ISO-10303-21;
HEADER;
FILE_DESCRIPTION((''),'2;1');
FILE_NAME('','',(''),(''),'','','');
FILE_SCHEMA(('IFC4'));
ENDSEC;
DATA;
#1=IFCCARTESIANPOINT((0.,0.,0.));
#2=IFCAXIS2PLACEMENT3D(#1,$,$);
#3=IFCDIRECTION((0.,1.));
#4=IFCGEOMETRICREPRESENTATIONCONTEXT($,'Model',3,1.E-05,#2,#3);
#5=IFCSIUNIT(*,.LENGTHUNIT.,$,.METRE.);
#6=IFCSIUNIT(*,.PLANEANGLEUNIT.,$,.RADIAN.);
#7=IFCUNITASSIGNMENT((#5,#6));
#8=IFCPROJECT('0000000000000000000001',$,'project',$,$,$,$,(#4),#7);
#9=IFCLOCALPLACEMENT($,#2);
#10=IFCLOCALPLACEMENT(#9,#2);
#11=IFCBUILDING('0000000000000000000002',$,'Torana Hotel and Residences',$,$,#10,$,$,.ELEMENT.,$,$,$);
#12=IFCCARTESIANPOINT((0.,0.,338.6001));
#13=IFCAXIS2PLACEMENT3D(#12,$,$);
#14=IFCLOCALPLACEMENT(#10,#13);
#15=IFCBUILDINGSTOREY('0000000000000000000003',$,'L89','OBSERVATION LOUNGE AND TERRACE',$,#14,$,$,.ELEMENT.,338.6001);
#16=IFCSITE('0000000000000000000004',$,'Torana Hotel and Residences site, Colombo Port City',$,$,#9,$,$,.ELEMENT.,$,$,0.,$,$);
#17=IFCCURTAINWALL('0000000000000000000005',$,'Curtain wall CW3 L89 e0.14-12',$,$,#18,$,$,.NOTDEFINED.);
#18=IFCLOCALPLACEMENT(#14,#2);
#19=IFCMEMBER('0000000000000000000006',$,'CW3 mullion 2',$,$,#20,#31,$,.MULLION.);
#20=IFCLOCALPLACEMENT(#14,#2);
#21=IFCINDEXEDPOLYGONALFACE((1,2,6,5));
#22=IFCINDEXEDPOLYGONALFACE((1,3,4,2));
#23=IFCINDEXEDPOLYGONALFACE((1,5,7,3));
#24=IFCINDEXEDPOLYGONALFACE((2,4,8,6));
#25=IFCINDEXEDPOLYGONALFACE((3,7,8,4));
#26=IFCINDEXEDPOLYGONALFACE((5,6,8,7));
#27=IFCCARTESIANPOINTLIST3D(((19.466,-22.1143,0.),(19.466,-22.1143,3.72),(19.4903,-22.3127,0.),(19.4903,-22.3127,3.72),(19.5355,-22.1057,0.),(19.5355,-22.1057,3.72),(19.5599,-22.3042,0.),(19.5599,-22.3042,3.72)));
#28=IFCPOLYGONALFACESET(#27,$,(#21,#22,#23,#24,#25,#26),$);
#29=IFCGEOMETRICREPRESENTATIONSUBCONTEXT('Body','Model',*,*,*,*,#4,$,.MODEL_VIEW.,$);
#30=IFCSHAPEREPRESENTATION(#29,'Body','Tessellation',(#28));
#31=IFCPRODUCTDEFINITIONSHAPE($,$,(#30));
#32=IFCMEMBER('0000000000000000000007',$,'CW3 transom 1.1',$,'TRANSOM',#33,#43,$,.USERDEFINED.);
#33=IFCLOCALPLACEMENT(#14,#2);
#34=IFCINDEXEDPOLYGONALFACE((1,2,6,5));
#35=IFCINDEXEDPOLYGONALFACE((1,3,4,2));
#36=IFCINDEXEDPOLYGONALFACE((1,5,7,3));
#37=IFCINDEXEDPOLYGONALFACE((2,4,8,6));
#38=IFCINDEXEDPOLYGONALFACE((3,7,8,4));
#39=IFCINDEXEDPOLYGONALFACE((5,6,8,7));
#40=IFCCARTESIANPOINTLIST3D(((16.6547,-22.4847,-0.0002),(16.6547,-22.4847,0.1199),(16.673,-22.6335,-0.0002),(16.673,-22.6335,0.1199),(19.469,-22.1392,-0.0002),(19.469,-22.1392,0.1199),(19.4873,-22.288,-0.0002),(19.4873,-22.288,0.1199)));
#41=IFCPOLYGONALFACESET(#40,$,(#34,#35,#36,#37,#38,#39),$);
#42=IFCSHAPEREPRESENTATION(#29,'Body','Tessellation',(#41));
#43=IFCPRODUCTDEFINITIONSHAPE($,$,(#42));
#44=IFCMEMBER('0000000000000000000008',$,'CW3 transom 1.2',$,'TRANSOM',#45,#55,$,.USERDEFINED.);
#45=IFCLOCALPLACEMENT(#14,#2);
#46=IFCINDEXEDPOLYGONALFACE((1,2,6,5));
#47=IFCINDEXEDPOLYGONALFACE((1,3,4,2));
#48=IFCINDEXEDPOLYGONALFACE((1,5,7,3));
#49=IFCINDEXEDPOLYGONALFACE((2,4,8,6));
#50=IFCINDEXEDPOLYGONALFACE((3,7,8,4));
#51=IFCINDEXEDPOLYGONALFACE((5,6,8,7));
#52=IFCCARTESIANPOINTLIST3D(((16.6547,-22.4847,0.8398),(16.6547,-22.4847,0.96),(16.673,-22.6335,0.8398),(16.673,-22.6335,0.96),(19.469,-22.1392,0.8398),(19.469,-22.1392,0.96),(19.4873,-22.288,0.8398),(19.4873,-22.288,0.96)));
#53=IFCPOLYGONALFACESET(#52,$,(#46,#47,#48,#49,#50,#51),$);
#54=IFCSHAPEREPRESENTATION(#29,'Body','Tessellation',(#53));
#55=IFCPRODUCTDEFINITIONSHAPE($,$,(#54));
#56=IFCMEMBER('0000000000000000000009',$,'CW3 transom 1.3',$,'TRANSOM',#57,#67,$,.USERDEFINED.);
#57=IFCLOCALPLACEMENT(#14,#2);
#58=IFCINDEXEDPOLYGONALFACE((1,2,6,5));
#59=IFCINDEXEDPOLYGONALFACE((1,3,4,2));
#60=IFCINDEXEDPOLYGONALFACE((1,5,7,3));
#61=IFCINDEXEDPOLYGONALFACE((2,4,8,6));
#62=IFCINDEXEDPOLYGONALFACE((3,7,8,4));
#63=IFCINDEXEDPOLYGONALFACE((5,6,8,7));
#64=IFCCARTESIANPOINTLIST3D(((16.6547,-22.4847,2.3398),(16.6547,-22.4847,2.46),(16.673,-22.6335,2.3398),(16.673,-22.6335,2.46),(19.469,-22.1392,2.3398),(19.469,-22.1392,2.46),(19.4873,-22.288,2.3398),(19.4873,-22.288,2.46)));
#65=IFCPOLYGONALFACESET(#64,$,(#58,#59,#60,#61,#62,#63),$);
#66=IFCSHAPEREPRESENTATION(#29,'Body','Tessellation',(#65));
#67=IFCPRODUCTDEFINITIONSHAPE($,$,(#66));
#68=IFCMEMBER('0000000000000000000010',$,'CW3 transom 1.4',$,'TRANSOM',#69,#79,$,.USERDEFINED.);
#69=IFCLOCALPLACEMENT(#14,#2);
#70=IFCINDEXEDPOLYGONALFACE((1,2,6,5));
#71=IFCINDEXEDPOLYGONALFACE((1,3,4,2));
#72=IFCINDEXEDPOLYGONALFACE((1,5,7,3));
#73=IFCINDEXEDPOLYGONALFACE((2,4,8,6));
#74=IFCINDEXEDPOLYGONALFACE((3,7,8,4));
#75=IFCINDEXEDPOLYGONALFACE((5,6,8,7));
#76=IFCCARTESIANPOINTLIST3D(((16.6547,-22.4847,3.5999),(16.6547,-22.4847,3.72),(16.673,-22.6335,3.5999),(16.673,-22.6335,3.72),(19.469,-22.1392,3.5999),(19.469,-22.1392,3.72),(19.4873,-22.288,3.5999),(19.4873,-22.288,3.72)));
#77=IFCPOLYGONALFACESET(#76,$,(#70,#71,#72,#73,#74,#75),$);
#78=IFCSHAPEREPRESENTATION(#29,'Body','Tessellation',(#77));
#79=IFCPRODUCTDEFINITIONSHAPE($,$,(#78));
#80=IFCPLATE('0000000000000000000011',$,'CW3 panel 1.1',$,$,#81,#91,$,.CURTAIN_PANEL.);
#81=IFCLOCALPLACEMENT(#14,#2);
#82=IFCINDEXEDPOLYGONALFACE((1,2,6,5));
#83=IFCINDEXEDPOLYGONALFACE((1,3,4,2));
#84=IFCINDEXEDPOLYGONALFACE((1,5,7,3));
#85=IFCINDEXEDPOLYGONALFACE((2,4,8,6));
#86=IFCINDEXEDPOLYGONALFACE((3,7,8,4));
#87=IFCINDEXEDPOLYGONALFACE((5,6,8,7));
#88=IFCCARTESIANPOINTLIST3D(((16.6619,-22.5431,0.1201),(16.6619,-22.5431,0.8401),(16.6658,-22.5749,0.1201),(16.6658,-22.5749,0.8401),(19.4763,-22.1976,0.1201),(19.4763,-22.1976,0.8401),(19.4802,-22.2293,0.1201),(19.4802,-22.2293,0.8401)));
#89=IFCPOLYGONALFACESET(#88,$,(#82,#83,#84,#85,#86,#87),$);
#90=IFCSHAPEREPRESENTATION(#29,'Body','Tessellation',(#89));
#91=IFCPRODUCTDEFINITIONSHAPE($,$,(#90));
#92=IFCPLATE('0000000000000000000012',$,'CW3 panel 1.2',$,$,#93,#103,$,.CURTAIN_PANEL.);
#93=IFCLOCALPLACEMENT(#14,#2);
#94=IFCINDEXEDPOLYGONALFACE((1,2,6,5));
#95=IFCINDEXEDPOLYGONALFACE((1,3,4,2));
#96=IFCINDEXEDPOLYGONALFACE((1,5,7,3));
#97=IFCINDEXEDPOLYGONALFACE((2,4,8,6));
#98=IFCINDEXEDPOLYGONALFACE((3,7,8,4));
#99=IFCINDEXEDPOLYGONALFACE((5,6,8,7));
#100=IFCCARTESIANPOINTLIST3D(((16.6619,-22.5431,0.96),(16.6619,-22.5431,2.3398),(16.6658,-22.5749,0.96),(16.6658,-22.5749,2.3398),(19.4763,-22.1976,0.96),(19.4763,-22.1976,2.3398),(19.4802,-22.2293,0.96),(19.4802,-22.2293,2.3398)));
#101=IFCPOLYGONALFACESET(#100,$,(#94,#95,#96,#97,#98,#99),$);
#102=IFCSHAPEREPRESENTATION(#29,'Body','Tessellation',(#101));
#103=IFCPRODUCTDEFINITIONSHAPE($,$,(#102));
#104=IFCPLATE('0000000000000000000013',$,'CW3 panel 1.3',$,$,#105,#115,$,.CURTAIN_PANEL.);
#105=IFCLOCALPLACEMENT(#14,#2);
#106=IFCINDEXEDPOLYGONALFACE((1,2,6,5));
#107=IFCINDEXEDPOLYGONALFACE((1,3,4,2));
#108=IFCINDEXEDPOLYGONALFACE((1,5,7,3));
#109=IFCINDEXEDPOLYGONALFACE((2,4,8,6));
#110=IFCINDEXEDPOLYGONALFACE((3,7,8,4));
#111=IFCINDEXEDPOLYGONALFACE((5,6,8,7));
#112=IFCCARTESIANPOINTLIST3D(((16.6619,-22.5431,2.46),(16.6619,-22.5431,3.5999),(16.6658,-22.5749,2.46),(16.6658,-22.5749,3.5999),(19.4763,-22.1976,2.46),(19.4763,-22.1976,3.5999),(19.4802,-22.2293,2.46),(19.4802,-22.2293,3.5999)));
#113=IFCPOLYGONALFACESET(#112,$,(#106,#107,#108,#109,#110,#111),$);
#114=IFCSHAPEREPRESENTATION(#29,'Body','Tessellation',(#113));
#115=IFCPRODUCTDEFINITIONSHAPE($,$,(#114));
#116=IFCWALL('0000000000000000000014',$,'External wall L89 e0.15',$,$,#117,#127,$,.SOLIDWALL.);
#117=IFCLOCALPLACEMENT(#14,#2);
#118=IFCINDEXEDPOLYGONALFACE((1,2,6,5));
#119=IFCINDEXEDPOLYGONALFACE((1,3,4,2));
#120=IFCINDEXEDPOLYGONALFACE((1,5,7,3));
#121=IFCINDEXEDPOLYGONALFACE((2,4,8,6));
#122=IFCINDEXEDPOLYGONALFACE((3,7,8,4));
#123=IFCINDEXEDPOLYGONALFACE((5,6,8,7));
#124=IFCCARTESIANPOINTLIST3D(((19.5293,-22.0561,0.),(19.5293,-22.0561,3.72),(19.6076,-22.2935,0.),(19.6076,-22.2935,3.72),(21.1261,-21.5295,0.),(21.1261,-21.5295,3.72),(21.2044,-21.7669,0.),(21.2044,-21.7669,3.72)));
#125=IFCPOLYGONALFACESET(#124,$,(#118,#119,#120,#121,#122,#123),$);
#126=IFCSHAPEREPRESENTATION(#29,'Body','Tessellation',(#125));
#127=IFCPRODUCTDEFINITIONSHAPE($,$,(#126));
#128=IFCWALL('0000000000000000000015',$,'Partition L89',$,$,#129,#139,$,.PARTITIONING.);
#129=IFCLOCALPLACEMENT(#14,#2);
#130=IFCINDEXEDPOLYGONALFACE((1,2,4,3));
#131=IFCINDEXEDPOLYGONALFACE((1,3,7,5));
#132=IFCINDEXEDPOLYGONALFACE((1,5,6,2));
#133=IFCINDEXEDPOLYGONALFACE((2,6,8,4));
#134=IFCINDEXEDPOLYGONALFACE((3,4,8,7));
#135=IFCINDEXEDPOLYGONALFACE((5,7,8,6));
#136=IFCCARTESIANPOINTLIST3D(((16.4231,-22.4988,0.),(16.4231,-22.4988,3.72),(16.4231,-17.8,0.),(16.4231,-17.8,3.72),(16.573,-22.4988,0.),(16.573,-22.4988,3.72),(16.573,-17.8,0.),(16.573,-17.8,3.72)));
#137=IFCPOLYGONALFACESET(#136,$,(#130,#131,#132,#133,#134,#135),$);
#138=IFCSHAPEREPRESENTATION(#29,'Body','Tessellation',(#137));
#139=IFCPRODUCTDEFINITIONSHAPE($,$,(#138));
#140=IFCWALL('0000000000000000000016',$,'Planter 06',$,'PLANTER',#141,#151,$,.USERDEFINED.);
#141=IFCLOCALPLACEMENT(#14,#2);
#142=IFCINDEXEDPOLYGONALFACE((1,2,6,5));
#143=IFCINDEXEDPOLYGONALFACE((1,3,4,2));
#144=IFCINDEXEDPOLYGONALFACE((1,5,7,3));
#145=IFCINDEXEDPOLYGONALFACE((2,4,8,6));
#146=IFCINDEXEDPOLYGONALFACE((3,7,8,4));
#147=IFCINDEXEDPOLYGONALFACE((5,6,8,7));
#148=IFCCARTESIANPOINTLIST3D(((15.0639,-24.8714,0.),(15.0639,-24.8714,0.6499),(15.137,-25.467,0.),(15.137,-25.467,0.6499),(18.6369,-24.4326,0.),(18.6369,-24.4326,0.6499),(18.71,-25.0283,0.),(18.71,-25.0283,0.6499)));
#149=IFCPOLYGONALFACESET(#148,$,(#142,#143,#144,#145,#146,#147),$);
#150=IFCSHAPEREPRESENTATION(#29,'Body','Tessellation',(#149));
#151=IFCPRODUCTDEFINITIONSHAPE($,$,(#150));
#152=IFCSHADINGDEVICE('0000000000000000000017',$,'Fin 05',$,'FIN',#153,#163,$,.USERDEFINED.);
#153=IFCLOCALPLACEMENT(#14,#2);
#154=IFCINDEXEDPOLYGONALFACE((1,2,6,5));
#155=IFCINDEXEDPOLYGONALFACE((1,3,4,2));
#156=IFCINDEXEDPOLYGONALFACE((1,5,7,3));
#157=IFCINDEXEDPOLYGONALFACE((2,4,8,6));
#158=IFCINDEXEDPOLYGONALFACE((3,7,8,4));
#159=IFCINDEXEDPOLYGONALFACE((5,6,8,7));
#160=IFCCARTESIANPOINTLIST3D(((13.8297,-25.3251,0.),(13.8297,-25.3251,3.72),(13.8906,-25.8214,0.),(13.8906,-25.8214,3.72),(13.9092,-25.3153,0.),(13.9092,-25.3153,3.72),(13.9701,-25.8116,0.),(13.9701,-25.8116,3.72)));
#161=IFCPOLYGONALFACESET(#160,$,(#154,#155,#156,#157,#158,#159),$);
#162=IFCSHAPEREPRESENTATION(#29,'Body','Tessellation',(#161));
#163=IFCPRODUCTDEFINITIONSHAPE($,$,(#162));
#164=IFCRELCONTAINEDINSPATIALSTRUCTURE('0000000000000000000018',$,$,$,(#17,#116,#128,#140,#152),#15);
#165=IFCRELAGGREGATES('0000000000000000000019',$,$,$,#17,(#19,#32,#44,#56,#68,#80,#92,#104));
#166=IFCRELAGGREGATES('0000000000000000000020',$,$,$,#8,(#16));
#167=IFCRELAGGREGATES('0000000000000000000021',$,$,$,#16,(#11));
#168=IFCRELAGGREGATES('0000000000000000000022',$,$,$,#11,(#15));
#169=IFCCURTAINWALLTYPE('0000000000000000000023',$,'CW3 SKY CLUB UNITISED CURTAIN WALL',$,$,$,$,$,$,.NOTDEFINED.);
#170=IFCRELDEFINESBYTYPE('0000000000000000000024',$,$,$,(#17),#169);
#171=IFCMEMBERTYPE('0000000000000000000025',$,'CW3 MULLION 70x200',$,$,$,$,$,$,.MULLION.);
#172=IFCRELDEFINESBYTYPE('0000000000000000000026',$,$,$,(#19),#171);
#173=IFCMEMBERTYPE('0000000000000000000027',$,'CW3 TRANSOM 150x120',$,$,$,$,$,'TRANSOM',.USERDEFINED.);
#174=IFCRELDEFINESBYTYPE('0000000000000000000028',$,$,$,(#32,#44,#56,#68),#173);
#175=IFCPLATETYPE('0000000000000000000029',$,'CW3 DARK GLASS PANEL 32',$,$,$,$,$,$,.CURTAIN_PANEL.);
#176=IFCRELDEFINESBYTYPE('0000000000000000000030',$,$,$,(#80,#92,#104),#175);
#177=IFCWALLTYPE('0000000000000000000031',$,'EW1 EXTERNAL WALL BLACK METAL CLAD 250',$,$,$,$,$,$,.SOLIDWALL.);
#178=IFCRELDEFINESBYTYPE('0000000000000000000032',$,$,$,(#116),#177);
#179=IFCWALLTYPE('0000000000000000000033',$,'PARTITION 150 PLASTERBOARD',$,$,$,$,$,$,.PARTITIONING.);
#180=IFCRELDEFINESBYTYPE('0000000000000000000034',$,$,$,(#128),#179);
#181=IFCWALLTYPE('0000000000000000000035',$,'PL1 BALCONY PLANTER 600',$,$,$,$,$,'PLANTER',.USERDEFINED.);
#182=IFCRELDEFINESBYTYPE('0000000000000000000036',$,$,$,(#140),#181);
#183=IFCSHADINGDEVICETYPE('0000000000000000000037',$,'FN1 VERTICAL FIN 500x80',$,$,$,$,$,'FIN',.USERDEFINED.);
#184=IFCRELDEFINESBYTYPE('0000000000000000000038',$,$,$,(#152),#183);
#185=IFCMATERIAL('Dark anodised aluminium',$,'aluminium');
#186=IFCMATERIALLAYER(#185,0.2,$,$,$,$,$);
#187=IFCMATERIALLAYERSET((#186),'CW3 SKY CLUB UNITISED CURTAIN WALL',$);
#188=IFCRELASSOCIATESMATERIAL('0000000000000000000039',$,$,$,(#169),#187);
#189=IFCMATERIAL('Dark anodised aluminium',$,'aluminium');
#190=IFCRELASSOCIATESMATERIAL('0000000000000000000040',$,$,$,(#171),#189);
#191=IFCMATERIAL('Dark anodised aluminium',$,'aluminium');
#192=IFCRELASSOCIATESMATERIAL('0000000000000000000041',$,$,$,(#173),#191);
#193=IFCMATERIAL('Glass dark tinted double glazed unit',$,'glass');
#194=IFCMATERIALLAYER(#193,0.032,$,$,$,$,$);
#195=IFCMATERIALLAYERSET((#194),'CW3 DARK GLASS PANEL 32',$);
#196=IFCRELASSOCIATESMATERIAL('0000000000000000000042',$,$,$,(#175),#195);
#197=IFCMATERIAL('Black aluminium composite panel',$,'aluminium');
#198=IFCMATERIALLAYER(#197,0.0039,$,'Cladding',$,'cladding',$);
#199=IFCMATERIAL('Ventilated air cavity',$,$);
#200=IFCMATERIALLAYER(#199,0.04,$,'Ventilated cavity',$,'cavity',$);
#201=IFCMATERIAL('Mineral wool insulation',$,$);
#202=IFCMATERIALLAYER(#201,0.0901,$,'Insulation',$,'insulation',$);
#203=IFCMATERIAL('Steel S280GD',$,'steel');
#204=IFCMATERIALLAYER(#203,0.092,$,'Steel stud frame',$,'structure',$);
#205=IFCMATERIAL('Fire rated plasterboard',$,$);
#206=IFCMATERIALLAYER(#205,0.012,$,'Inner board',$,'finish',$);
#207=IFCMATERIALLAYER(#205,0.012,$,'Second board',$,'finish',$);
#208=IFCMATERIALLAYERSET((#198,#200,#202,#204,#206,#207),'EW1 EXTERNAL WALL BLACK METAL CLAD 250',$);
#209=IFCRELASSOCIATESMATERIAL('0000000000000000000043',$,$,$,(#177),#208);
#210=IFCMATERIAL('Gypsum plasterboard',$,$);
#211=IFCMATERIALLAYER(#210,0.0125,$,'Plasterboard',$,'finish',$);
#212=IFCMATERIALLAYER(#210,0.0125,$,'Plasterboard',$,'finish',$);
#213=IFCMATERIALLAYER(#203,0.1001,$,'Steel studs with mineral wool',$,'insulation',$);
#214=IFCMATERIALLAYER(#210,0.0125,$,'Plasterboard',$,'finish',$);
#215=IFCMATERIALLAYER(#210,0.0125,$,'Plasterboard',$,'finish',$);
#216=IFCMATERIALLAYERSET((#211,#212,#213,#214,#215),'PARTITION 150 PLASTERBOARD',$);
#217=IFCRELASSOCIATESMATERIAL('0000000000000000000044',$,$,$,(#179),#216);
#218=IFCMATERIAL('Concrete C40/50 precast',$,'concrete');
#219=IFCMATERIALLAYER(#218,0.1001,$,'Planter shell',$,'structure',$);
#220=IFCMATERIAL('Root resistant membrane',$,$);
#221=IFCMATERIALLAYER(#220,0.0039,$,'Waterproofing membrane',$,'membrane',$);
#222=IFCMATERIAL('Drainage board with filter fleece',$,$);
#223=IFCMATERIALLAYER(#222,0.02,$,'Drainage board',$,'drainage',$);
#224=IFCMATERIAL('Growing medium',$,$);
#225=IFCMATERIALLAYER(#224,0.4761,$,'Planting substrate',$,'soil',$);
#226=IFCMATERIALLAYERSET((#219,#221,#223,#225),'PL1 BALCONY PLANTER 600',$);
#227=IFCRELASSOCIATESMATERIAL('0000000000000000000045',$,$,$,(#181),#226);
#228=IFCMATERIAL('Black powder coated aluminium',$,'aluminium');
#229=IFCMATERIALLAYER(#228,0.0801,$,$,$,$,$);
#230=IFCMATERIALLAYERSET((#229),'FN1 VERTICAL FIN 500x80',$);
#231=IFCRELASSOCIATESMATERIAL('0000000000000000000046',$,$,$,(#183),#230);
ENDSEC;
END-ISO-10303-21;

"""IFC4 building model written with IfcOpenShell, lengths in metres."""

from ifc_helpers import new_model, si_unit, direction, frame, frame_2d, origin, origin_2d, place, context, subcontext, project, spatial, rectangle, extrude, material, layer, layer_set, material_profile, profile_set, type_object, element, aggregate, save


model = new_model("IFC4")

# Units and contexts
model_context = context("Model", 3, precision=1e-05, world=origin(), true_north=direction((0.0, 1.0)))
body_context = subcontext(model_context, "Body", "Model", "MODEL_VIEW")
ifc_project = project(units=[si_unit("LENGTHUNIT", "METRE"), si_unit("PLANEANGLEUNIT", "RADIAN")], contexts=[model_context])

# Site, building, storey
site_placement = place(None, origin())
site = spatial("IfcSite", under=ifc_project, at=site_placement, Name="Torana Hotel and Residences site, Colombo Port City", CompositionType="ELEMENT", RefElevation=0.0)
building_placement = place(site_placement, origin())
building = spatial("IfcBuilding", under=site, at=building_placement, Name="Torana Hotel and Residences", CompositionType="ELEMENT")
storey_placement = place(building_placement, frame((0.0, 0.0, 338.6001)))
storey = spatial("IfcBuildingStorey", under=building, at=storey_placement, Name="L89", Description="OBSERVATION LOUNGE AND TERRACE", CompositionType="ELEMENT", Elevation=338.6001)

# Shared definitions
ifc_material_1 = material(Name="Dark anodised aluminium", Category="aluminium")
ifc_layer_1 = layer(ifc_material_1, 0.2)
ifc_layer_set_1 = layer_set([ifc_layer_1], Name="CW3 SKY CLUB UNITISED CURTAIN WALL")
curtain_wall_type = type_object("IfcCurtainWallType", Name="CW3 SKY CLUB UNITISED CURTAIN WALL", PredefinedType="NOTDEFINED", material=ifc_layer_set_1)
ifc_material_2 = material(Name="Dark anodised aluminium", Category="aluminium")
ifc_material_profile_1 = material_profile(ifc_material_2, rectangle(XDim=0.2, YDim=0.0701, at=origin_2d()), Name="CW3 MULLION 70x200")
ifc_profile_set_1 = profile_set([ifc_material_profile_1], Name="Dark anodised aluminium")
member_type_1 = type_object("IfcMemberType", Name="CW3 MULLION 70x200", PredefinedType="MULLION", material=ifc_profile_set_1)

# Curtain wall, members, plates
curtain_wall_1_placement = place(storey_placement, origin())
curtain_wall_1 = element("IfcCurtainWall", 1, at=curtain_wall_1_placement, inside=storey, type_object=curtain_wall_type, Name="Curtain wall CW3 L89 e0.14-12", PredefinedType="NOTDEFINED")
member_1_placement = place(storey_placement, frame((19.5129, -22.2092, 0.0), z_axis=(0.0, 0.0, 1.0), x_axis=(-0.121863, 0.992547, 0.0)))
member_1 = element("IfcMember", 2, at=member_1_placement, type_object=member_type_1, Name="CW3 mullion 2", PredefinedType="MULLION", context=body_context, shape_type="SweptSolid", body=[
    extrude(rectangle(XDim=0.2, YDim=0.0701, at=origin_2d()), origin(), (0.0, 0.0, 1.0), 3.72),
])
ifc_material_3 = material(Name="Dark anodised aluminium", Category="aluminium")
ifc_material_profile_2 = material_profile(ifc_material_3, rectangle(XDim=0.1499, YDim=0.1201, at=origin_2d()), Name="CW3 TRANSOM 150x120")
ifc_profile_set_2 = profile_set([ifc_material_profile_2], Name="Dark anodised aluminium")
member_type_2 = type_object("IfcMemberType", Name="CW3 TRANSOM 150x120", ElementType="TRANSOM", PredefinedType="USERDEFINED", material=ifc_profile_set_2)
member_2_placement = place(storey_placement, frame((16.6638, -22.5591, 0.0598), z_axis=(0.99255, 0.121841, 0.0), x_axis=(-0.121841, 0.99255, 0.0)))
member_2 = element("IfcMember", 3, at=member_2_placement, type_object=member_type_2, Name="CW3 transom 1.1", ObjectType="TRANSOM", PredefinedType="USERDEFINED", context=body_context, shape_type="SweptSolid", body=[
    extrude(rectangle(XDim=0.1499, YDim=0.1201, at=origin_2d()), origin(), (0.0, 0.0, 1.0), 2.8354),
])
member_3_placement = place(storey_placement, frame((16.6638, -22.5591, 0.8999), z_axis=(0.99255, 0.121841, 0.0), x_axis=(-0.121841, 0.99255, 0.0)))
member_3 = element("IfcMember", 4, at=member_3_placement, type_object=member_type_2, Name="CW3 transom 1.2", ObjectType="TRANSOM", PredefinedType="USERDEFINED", context=body_context, shape_type="SweptSolid", body=[
    extrude(rectangle(XDim=0.1499, YDim=0.1201, at=origin_2d()), origin(), (0.0, 0.0, 1.0), 2.8354),
])
member_4_placement = place(storey_placement, frame((16.6638, -22.5591, 2.3999), z_axis=(0.99255, 0.121841, 0.0), x_axis=(-0.121841, 0.99255, 0.0)))
member_4 = element("IfcMember", 5, at=member_4_placement, type_object=member_type_2, Name="CW3 transom 1.3", ObjectType="TRANSOM", PredefinedType="USERDEFINED", context=body_context, shape_type="SweptSolid", body=[
    extrude(rectangle(XDim=0.1499, YDim=0.1201, at=origin_2d()), origin(), (0.0, 0.0, 1.0), 2.8354),
])
member_5_placement = place(storey_placement, frame((16.6638, -22.5591, 3.6599), z_axis=(0.99255, 0.121841, 0.0), x_axis=(-0.121841, 0.99255, 0.0)))
member_5 = element("IfcMember", 6, at=member_5_placement, type_object=member_type_2, Name="CW3 transom 1.4", ObjectType="TRANSOM", PredefinedType="USERDEFINED", context=body_context, shape_type="SweptSolid", body=[
    extrude(rectangle(XDim=0.1499, YDim=0.1201, at=origin_2d()), origin(), (0.0, 0.0, 1.0), 2.8354),
])
ifc_material_4 = material(Name="Glass dark tinted double glazed unit", Category="glass")
ifc_layer_2 = layer(ifc_material_4, 0.032)
ifc_layer_set_2 = layer_set([ifc_layer_2], Name="CW3 DARK GLASS PANEL 32")
plate_type = type_object("IfcPlateType", Name="CW3 DARK GLASS PANEL 32", PredefinedType="CURTAIN_PANEL", material=ifc_layer_set_2)
plate_1_placement = place(storey_placement, frame((18.071, -22.3862, 0.1201), z_axis=(0.0, 0.0, 1.0), x_axis=(0.992547, 0.121863, 0.0)))
plate_1 = element("IfcPlate", 7, at=plate_1_placement, type_object=plate_type, Name="CW3 panel 1.1", PredefinedType="CURTAIN_PANEL", context=body_context, shape_type="SweptSolid", body=[
    extrude(rectangle(XDim=2.8354, YDim=0.032, at=origin_2d()), origin(), (0.0, 0.0, 1.0), 0.72),
])
plate_2_placement = place(storey_placement, frame((18.071, -22.3862, 0.96), z_axis=(0.0, 0.0, 1.0), x_axis=(0.992547, 0.121863, 0.0)))
plate_2 = element("IfcPlate", 8, at=plate_2_placement, type_object=plate_type, Name="CW3 panel 1.2", PredefinedType="CURTAIN_PANEL", context=body_context, shape_type="SweptSolid", body=[
    extrude(rectangle(XDim=2.8354, YDim=0.032, at=origin_2d()), origin(), (0.0, 0.0, 1.0), 1.3799),
])
plate_3_placement = place(storey_placement, frame((18.071, -22.3862, 2.46), z_axis=(0.0, 0.0, 1.0), x_axis=(0.992547, 0.121863, 0.0)))
plate_3 = element("IfcPlate", 9, at=plate_3_placement, type_object=plate_type, Name="CW3 panel 1.3", PredefinedType="CURTAIN_PANEL", context=body_context, shape_type="SweptSolid", body=[
    extrude(rectangle(XDim=2.8354, YDim=0.032, at=origin_2d()), origin(), (0.0, 0.0, 1.0), 1.1399),
])
aggregate(curtain_wall_1, [member_1, member_2, member_3, member_4, member_5, plate_1, plate_2, plate_3])

# Wall
ifc_material_5 = material(Name="Black aluminium composite panel", Category="aluminium")
ifc_layer_3 = layer(ifc_material_5, 0.0039, Name="Cladding", Category="cladding")
ifc_material_6 = material(Name="Ventilated air cavity")
ifc_layer_4 = layer(ifc_material_6, 0.04, Name="Ventilated cavity", Category="cavity")
ifc_material_7 = material(Name="Mineral wool insulation")
ifc_layer_5 = layer(ifc_material_7, 0.0901, Name="Insulation", Category="insulation")
ifc_material_8 = material(Name="Steel S280GD", Category="steel")
ifc_layer_6 = layer(ifc_material_8, 0.092, Name="Steel stud frame", Category="structure")
ifc_material_9 = material(Name="Fire rated plasterboard")
ifc_layer_7 = layer(ifc_material_9, 0.012, Name="Inner board", Category="finish")
ifc_layer_8 = layer(ifc_material_9, 0.012, Name="Second board", Category="finish")
ifc_layer_set_3 = layer_set([ifc_layer_3, ifc_layer_4, ifc_layer_5, ifc_layer_6, ifc_layer_7, ifc_layer_8], Name="EW1 EXTERNAL WALL BLACK METAL CLAD 250")
wall_type_1 = type_object("IfcWallType", Name="EW1 EXTERNAL WALL BLACK METAL CLAD 250", PredefinedType="SOLIDWALL", material=ifc_layer_set_3)
wall_1_placement = place(storey_placement, frame((19.5684, -22.1748, 0.0), z_axis=(0.0, 0.0, 1.0), x_axis=(0.949695, 0.313177, 0.0)))
element("IfcWall", 10, at=wall_1_placement, inside=storey, type_object=wall_type_1, Name="External wall L89 e0.15", PredefinedType="SOLIDWALL", context=body_context, shape_type="SweptSolid", body=[
    extrude(rectangle(XDim=1.6814, YDim=0.25, at=frame_2d((0.8408, 0.0))), origin(), (0.0, 0.0, 1.0), 3.72),
])

# Walls
ifc_material_10 = material(Name="Gypsum plasterboard")
ifc_layer_9 = layer(ifc_material_10, 0.0125, Name="Plasterboard", Category="finish")
ifc_layer_10 = layer(ifc_material_10, 0.0125, Name="Plasterboard", Category="finish")
ifc_layer_11 = layer(ifc_material_8, 0.1001, Name="Steel studs with mineral wool", Category="insulation")
ifc_layer_12 = layer(ifc_material_10, 0.0125, Name="Plasterboard", Category="finish")
ifc_layer_13 = layer(ifc_material_10, 0.0125, Name="Plasterboard", Category="finish")
ifc_layer_set_4 = layer_set([ifc_layer_9, ifc_layer_10, ifc_layer_11, ifc_layer_12, ifc_layer_13], Name="PARTITION 150 PLASTERBOARD")
wall_type_2 = type_object("IfcWallType", Name="PARTITION 150 PLASTERBOARD", PredefinedType="PARTITIONING", material=ifc_layer_set_4)
wall_2_placement = place(storey_placement, frame((16.498, -22.4988, 0.0), z_axis=(0.0, 0.0, 1.0), x_axis=(0.0, 1.0, 0.0)))
element("IfcWall", 11, at=wall_2_placement, inside=storey, type_object=wall_type_2, Name="Partition L89", PredefinedType="PARTITIONING", context=body_context, shape_type="SweptSolid", body=[
    extrude(rectangle(XDim=4.6987, YDim=0.1499, at=frame_2d((2.3494, 0.0))), origin(), (0.0, 0.0, 1.0), 3.72),
])
ifc_material_11 = material(Name="Concrete C40/50 precast", Category="concrete")
ifc_layer_14 = layer(ifc_material_11, 0.1001, Name="Planter shell", Category="structure")
ifc_material_12 = material(Name="Root resistant membrane")
ifc_layer_15 = layer(ifc_material_12, 0.0039, Name="Waterproofing membrane", Category="membrane")
ifc_material_13 = material(Name="Drainage board with filter fleece")
ifc_layer_16 = layer(ifc_material_13, 0.02, Name="Drainage board", Category="drainage")
ifc_material_14 = material(Name="Growing medium")
ifc_layer_17 = layer(ifc_material_14, 0.4761, Name="Planting substrate", Category="soil")
ifc_layer_set_5 = layer_set([ifc_layer_14, ifc_layer_15, ifc_layer_16, ifc_layer_17], Name="PL1 BALCONY PLANTER 600")
wall_type_3 = type_object("IfcWallType", Name="PL1 BALCONY PLANTER 600", ElementType="PLANTER", PredefinedType="USERDEFINED", material=ifc_layer_set_5)
wall_3_placement = place(storey_placement, frame((18.6733, -24.7305, 0.0), z_axis=(0.0, 0.0, 1.0), x_axis=(-0.992546, -0.121873, 0.0)))
element("IfcWall", 12, at=wall_3_placement, inside=storey, type_object=wall_type_3, Name="Planter 06", ObjectType="PLANTER", PredefinedType="USERDEFINED", context=body_context, shape_type="SweptSolid", body=[
    extrude(rectangle(XDim=3.5999, YDim=0.6001, at=frame_2d((1.7998, 0.0))), origin(), (0.0, 0.0, 1.0), 0.6499),
])

# Shading device
ifc_material_15 = material(Name="Black powder coated aluminium", Category="aluminium")
ifc_layer_18 = layer(ifc_material_15, 0.0801)
ifc_layer_set_6 = layer_set([ifc_layer_18], Name="FN1 VERTICAL FIN 500x80")
shading_device_type = type_object("IfcShadingDeviceType", Name="FN1 VERTICAL FIN 500x80", ElementType="FIN", PredefinedType="USERDEFINED", material=ifc_layer_set_6)
shading_device_placement = place(storey_placement, frame((13.8999, -25.5684, 0.0), z_axis=(0.0, 0.0, 1.0), x_axis=(-0.992547, -0.121866, 0.0)))
element("IfcShadingDevice", 13, at=shading_device_placement, inside=storey, type_object=shading_device_type, Name="Fin 05", ObjectType="FIN", PredefinedType="USERDEFINED", context=body_context, shape_type="SweptSolid", body=[
    extrude(rectangle(XDim=0.0801, YDim=0.5, at=origin_2d()), origin(), (0.0, 0.0, 1.0), 3.72),
])

save(model, "model.ifc")
